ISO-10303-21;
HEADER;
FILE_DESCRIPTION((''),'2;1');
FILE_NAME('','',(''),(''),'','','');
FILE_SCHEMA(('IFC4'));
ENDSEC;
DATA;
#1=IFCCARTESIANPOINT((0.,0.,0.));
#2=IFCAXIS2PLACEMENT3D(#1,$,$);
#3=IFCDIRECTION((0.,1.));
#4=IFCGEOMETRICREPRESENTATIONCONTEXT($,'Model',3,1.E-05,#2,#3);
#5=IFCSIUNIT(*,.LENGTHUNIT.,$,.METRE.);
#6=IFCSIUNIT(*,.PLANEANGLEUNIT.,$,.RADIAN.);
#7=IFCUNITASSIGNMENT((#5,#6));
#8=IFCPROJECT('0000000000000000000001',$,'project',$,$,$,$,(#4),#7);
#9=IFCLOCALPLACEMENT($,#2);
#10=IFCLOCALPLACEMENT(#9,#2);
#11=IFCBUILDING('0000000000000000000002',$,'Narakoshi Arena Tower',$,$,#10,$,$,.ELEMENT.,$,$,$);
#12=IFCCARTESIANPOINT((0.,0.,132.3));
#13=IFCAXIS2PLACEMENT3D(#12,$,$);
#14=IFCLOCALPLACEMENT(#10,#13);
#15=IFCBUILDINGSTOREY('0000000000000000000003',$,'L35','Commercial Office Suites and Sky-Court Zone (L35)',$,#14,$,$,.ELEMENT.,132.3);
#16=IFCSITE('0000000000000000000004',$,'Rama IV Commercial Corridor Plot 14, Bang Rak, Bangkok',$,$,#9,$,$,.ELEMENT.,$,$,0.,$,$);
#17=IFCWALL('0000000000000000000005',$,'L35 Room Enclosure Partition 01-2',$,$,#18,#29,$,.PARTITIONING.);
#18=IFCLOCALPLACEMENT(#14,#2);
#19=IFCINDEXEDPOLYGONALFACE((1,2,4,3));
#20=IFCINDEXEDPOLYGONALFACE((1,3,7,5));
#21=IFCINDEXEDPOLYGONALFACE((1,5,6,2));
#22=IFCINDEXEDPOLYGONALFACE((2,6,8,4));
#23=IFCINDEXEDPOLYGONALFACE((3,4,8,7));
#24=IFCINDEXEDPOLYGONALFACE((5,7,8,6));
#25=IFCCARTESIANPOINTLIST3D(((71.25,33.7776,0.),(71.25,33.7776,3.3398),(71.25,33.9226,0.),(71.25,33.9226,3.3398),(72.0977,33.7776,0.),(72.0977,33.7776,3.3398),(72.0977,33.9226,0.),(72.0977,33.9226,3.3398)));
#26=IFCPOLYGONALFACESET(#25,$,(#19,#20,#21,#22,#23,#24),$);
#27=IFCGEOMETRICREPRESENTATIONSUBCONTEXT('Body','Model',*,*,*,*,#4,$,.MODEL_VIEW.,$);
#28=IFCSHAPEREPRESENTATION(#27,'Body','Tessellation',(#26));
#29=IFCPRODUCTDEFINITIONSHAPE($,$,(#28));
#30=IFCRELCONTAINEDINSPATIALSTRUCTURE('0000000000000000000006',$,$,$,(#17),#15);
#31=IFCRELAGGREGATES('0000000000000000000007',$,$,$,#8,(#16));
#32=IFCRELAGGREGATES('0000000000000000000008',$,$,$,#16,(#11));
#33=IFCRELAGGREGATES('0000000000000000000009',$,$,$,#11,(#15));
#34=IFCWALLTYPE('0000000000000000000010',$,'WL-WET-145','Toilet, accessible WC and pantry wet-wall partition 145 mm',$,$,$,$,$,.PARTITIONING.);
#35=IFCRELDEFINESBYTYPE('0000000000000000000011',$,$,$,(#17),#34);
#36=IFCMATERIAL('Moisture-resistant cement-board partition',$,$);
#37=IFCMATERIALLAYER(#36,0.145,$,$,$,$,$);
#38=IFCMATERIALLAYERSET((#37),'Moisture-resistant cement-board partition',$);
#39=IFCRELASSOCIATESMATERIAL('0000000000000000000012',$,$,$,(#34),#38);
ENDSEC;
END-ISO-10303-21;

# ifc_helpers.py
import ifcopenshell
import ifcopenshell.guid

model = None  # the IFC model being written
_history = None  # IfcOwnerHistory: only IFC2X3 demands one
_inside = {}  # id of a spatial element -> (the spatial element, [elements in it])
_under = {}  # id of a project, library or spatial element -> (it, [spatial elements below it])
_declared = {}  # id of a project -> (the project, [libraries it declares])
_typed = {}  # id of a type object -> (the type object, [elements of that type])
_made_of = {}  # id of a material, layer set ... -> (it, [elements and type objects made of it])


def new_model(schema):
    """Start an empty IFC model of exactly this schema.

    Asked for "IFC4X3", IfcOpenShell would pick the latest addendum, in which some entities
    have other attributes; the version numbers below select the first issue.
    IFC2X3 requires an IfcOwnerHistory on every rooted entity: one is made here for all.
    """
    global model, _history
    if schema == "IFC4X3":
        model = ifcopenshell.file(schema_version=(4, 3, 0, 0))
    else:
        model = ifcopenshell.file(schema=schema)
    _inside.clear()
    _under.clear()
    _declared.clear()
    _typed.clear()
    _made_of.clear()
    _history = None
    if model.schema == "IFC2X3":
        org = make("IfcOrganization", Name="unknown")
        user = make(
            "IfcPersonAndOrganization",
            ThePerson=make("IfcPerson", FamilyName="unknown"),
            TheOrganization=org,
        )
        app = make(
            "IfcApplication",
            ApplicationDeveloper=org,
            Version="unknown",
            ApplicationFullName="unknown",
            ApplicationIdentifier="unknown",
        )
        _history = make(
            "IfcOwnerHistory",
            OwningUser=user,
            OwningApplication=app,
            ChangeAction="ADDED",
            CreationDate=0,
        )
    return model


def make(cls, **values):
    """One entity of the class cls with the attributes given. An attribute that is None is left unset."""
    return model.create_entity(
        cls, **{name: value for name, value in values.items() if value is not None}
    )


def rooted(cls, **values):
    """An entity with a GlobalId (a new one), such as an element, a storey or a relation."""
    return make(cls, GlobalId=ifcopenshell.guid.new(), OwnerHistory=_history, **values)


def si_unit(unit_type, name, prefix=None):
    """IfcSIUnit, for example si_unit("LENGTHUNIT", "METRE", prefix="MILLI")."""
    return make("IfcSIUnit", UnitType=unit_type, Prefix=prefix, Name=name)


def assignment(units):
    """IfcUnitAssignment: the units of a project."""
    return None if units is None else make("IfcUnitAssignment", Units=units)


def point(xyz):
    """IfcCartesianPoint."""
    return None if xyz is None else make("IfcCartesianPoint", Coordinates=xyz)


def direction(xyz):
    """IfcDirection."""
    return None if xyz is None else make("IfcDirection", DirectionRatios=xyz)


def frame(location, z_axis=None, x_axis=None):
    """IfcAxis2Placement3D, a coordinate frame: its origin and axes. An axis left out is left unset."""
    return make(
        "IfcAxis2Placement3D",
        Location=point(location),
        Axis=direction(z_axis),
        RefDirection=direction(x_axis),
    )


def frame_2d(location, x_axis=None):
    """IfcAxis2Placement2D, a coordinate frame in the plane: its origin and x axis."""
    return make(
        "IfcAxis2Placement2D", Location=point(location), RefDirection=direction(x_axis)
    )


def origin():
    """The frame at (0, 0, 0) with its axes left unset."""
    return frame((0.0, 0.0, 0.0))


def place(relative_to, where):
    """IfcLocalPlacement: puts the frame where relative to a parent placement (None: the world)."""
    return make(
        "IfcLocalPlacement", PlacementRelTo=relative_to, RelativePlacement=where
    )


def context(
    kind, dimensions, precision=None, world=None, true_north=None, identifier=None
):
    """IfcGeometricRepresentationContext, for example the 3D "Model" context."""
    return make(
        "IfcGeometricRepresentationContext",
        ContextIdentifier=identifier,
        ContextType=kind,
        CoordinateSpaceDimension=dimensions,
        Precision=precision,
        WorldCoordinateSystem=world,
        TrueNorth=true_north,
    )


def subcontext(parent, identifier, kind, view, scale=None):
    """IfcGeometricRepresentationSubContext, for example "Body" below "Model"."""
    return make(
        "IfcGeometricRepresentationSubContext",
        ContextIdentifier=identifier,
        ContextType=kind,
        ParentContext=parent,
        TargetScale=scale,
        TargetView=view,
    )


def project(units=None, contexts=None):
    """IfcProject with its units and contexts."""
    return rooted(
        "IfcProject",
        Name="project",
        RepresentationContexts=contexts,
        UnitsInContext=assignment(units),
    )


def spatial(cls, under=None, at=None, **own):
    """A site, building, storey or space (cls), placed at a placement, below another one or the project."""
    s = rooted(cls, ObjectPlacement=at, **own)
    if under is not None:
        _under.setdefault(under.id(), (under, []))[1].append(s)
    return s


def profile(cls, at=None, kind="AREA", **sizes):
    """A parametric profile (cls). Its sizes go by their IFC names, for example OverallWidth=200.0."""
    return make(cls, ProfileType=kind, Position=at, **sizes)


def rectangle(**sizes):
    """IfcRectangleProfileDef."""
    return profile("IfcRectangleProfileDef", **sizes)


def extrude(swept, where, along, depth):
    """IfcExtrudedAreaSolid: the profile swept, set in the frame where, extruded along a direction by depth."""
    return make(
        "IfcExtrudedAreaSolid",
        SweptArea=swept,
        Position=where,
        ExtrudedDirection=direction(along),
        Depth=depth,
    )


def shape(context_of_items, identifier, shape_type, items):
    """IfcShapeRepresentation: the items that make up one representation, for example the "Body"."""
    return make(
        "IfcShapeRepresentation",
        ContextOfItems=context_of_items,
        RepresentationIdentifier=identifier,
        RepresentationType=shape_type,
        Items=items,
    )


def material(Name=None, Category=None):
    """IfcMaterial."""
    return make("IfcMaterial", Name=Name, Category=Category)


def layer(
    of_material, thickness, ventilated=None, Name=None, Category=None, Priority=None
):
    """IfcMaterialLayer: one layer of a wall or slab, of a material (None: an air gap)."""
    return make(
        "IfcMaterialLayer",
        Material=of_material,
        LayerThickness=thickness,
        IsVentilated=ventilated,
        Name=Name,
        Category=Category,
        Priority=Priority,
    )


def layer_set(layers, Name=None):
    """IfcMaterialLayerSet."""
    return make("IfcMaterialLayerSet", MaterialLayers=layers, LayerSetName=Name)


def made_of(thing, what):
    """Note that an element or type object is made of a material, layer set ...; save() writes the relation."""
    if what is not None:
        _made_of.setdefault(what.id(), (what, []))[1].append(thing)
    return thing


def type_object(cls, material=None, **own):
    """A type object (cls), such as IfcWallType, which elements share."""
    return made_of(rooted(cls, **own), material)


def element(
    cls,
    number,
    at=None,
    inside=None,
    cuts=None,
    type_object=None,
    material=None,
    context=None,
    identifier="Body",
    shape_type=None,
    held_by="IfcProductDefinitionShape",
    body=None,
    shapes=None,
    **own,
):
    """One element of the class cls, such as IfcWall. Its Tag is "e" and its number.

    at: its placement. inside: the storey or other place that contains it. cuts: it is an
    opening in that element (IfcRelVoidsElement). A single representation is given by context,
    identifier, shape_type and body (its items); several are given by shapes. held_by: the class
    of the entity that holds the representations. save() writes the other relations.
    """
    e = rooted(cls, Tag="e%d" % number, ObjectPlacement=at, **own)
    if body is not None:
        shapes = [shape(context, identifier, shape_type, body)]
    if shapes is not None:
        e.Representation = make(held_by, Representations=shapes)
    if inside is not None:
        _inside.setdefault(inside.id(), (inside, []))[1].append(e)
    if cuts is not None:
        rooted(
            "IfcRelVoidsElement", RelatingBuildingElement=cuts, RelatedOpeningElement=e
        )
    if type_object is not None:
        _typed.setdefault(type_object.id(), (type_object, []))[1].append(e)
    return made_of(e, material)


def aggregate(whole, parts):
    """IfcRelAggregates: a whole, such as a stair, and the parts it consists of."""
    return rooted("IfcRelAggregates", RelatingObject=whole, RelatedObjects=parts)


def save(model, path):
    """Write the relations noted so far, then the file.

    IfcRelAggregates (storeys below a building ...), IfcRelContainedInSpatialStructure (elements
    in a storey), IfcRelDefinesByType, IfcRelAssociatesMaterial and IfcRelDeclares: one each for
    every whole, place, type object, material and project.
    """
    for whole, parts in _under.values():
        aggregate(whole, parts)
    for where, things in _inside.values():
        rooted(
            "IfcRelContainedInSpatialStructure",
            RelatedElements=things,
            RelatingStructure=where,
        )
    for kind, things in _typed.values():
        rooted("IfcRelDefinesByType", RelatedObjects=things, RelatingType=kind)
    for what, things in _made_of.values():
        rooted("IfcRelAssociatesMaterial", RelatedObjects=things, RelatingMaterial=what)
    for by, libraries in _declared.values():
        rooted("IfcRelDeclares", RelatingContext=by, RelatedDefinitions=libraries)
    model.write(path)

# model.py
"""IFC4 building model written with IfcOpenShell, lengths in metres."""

from ifc_helpers import new_model, si_unit, direction, frame, frame_2d, origin, place, context, subcontext, project, spatial, rectangle, extrude, material, layer, layer_set, type_object, element, save


model = new_model("IFC4")

# Units and contexts
model_context = context("Model", 3, precision=1e-05, world=origin(), true_north=direction((0.0, 1.0)))
body_context = subcontext(model_context, "Body", "Model", "MODEL_VIEW")
ifc_project = project(units=[si_unit("LENGTHUNIT", "METRE"), si_unit("PLANEANGLEUNIT", "RADIAN")], contexts=[model_context])

# Site, building, storey
site_placement = place(None, origin())
site = spatial("IfcSite", under=ifc_project, at=site_placement, Name="Rama IV Commercial Corridor Plot 14, Bang Rak, Bangkok", CompositionType="ELEMENT", RefElevation=0.0)
building_placement = place(site_placement, origin())
building = spatial("IfcBuilding", under=site, at=building_placement, Name="Narakoshi Arena Tower", CompositionType="ELEMENT")
storey_placement = place(building_placement, frame((0.0, 0.0, 132.3)))
storey = spatial("IfcBuildingStorey", under=building, at=storey_placement, Name="L35", Description="Commercial Office Suites and Sky-Court Zone (L35)", CompositionType="ELEMENT", Elevation=132.3)

# Shared definitions
ifc_material_1 = material(Name="Moisture-resistant cement-board partition")
ifc_layer_1 = layer(ifc_material_1, 0.145)
ifc_layer_set_1 = layer_set([ifc_layer_1], Name="Moisture-resistant cement-board partition")
wall_type_1 = type_object("IfcWallType", Name="WL-WET-145", Description="Toilet, accessible WC and pantry wet-wall partition 145 mm", PredefinedType="PARTITIONING", material=ifc_layer_set_1)

# Wall
wall_1_placement = place(storey_placement, frame((71.25, 33.8501, 0.0), z_axis=(0.0, 0.0, 1.0), x_axis=(1.0, 0.0, 0.0)))
element("IfcWall", 1, at=wall_1_placement, inside=storey, type_object=wall_type_1, Name="L35 Room Enclosure Partition 01-2", PredefinedType="PARTITIONING", context=body_context, shape_type="SweptSolid", body=[
    extrude(rectangle(XDim=0.8477, YDim=0.145, at=frame_2d((0.4238, 0.0))), origin(), (0.0, 0.0, 1.0), 3.3398),
])

save(model, "model.ifc")
